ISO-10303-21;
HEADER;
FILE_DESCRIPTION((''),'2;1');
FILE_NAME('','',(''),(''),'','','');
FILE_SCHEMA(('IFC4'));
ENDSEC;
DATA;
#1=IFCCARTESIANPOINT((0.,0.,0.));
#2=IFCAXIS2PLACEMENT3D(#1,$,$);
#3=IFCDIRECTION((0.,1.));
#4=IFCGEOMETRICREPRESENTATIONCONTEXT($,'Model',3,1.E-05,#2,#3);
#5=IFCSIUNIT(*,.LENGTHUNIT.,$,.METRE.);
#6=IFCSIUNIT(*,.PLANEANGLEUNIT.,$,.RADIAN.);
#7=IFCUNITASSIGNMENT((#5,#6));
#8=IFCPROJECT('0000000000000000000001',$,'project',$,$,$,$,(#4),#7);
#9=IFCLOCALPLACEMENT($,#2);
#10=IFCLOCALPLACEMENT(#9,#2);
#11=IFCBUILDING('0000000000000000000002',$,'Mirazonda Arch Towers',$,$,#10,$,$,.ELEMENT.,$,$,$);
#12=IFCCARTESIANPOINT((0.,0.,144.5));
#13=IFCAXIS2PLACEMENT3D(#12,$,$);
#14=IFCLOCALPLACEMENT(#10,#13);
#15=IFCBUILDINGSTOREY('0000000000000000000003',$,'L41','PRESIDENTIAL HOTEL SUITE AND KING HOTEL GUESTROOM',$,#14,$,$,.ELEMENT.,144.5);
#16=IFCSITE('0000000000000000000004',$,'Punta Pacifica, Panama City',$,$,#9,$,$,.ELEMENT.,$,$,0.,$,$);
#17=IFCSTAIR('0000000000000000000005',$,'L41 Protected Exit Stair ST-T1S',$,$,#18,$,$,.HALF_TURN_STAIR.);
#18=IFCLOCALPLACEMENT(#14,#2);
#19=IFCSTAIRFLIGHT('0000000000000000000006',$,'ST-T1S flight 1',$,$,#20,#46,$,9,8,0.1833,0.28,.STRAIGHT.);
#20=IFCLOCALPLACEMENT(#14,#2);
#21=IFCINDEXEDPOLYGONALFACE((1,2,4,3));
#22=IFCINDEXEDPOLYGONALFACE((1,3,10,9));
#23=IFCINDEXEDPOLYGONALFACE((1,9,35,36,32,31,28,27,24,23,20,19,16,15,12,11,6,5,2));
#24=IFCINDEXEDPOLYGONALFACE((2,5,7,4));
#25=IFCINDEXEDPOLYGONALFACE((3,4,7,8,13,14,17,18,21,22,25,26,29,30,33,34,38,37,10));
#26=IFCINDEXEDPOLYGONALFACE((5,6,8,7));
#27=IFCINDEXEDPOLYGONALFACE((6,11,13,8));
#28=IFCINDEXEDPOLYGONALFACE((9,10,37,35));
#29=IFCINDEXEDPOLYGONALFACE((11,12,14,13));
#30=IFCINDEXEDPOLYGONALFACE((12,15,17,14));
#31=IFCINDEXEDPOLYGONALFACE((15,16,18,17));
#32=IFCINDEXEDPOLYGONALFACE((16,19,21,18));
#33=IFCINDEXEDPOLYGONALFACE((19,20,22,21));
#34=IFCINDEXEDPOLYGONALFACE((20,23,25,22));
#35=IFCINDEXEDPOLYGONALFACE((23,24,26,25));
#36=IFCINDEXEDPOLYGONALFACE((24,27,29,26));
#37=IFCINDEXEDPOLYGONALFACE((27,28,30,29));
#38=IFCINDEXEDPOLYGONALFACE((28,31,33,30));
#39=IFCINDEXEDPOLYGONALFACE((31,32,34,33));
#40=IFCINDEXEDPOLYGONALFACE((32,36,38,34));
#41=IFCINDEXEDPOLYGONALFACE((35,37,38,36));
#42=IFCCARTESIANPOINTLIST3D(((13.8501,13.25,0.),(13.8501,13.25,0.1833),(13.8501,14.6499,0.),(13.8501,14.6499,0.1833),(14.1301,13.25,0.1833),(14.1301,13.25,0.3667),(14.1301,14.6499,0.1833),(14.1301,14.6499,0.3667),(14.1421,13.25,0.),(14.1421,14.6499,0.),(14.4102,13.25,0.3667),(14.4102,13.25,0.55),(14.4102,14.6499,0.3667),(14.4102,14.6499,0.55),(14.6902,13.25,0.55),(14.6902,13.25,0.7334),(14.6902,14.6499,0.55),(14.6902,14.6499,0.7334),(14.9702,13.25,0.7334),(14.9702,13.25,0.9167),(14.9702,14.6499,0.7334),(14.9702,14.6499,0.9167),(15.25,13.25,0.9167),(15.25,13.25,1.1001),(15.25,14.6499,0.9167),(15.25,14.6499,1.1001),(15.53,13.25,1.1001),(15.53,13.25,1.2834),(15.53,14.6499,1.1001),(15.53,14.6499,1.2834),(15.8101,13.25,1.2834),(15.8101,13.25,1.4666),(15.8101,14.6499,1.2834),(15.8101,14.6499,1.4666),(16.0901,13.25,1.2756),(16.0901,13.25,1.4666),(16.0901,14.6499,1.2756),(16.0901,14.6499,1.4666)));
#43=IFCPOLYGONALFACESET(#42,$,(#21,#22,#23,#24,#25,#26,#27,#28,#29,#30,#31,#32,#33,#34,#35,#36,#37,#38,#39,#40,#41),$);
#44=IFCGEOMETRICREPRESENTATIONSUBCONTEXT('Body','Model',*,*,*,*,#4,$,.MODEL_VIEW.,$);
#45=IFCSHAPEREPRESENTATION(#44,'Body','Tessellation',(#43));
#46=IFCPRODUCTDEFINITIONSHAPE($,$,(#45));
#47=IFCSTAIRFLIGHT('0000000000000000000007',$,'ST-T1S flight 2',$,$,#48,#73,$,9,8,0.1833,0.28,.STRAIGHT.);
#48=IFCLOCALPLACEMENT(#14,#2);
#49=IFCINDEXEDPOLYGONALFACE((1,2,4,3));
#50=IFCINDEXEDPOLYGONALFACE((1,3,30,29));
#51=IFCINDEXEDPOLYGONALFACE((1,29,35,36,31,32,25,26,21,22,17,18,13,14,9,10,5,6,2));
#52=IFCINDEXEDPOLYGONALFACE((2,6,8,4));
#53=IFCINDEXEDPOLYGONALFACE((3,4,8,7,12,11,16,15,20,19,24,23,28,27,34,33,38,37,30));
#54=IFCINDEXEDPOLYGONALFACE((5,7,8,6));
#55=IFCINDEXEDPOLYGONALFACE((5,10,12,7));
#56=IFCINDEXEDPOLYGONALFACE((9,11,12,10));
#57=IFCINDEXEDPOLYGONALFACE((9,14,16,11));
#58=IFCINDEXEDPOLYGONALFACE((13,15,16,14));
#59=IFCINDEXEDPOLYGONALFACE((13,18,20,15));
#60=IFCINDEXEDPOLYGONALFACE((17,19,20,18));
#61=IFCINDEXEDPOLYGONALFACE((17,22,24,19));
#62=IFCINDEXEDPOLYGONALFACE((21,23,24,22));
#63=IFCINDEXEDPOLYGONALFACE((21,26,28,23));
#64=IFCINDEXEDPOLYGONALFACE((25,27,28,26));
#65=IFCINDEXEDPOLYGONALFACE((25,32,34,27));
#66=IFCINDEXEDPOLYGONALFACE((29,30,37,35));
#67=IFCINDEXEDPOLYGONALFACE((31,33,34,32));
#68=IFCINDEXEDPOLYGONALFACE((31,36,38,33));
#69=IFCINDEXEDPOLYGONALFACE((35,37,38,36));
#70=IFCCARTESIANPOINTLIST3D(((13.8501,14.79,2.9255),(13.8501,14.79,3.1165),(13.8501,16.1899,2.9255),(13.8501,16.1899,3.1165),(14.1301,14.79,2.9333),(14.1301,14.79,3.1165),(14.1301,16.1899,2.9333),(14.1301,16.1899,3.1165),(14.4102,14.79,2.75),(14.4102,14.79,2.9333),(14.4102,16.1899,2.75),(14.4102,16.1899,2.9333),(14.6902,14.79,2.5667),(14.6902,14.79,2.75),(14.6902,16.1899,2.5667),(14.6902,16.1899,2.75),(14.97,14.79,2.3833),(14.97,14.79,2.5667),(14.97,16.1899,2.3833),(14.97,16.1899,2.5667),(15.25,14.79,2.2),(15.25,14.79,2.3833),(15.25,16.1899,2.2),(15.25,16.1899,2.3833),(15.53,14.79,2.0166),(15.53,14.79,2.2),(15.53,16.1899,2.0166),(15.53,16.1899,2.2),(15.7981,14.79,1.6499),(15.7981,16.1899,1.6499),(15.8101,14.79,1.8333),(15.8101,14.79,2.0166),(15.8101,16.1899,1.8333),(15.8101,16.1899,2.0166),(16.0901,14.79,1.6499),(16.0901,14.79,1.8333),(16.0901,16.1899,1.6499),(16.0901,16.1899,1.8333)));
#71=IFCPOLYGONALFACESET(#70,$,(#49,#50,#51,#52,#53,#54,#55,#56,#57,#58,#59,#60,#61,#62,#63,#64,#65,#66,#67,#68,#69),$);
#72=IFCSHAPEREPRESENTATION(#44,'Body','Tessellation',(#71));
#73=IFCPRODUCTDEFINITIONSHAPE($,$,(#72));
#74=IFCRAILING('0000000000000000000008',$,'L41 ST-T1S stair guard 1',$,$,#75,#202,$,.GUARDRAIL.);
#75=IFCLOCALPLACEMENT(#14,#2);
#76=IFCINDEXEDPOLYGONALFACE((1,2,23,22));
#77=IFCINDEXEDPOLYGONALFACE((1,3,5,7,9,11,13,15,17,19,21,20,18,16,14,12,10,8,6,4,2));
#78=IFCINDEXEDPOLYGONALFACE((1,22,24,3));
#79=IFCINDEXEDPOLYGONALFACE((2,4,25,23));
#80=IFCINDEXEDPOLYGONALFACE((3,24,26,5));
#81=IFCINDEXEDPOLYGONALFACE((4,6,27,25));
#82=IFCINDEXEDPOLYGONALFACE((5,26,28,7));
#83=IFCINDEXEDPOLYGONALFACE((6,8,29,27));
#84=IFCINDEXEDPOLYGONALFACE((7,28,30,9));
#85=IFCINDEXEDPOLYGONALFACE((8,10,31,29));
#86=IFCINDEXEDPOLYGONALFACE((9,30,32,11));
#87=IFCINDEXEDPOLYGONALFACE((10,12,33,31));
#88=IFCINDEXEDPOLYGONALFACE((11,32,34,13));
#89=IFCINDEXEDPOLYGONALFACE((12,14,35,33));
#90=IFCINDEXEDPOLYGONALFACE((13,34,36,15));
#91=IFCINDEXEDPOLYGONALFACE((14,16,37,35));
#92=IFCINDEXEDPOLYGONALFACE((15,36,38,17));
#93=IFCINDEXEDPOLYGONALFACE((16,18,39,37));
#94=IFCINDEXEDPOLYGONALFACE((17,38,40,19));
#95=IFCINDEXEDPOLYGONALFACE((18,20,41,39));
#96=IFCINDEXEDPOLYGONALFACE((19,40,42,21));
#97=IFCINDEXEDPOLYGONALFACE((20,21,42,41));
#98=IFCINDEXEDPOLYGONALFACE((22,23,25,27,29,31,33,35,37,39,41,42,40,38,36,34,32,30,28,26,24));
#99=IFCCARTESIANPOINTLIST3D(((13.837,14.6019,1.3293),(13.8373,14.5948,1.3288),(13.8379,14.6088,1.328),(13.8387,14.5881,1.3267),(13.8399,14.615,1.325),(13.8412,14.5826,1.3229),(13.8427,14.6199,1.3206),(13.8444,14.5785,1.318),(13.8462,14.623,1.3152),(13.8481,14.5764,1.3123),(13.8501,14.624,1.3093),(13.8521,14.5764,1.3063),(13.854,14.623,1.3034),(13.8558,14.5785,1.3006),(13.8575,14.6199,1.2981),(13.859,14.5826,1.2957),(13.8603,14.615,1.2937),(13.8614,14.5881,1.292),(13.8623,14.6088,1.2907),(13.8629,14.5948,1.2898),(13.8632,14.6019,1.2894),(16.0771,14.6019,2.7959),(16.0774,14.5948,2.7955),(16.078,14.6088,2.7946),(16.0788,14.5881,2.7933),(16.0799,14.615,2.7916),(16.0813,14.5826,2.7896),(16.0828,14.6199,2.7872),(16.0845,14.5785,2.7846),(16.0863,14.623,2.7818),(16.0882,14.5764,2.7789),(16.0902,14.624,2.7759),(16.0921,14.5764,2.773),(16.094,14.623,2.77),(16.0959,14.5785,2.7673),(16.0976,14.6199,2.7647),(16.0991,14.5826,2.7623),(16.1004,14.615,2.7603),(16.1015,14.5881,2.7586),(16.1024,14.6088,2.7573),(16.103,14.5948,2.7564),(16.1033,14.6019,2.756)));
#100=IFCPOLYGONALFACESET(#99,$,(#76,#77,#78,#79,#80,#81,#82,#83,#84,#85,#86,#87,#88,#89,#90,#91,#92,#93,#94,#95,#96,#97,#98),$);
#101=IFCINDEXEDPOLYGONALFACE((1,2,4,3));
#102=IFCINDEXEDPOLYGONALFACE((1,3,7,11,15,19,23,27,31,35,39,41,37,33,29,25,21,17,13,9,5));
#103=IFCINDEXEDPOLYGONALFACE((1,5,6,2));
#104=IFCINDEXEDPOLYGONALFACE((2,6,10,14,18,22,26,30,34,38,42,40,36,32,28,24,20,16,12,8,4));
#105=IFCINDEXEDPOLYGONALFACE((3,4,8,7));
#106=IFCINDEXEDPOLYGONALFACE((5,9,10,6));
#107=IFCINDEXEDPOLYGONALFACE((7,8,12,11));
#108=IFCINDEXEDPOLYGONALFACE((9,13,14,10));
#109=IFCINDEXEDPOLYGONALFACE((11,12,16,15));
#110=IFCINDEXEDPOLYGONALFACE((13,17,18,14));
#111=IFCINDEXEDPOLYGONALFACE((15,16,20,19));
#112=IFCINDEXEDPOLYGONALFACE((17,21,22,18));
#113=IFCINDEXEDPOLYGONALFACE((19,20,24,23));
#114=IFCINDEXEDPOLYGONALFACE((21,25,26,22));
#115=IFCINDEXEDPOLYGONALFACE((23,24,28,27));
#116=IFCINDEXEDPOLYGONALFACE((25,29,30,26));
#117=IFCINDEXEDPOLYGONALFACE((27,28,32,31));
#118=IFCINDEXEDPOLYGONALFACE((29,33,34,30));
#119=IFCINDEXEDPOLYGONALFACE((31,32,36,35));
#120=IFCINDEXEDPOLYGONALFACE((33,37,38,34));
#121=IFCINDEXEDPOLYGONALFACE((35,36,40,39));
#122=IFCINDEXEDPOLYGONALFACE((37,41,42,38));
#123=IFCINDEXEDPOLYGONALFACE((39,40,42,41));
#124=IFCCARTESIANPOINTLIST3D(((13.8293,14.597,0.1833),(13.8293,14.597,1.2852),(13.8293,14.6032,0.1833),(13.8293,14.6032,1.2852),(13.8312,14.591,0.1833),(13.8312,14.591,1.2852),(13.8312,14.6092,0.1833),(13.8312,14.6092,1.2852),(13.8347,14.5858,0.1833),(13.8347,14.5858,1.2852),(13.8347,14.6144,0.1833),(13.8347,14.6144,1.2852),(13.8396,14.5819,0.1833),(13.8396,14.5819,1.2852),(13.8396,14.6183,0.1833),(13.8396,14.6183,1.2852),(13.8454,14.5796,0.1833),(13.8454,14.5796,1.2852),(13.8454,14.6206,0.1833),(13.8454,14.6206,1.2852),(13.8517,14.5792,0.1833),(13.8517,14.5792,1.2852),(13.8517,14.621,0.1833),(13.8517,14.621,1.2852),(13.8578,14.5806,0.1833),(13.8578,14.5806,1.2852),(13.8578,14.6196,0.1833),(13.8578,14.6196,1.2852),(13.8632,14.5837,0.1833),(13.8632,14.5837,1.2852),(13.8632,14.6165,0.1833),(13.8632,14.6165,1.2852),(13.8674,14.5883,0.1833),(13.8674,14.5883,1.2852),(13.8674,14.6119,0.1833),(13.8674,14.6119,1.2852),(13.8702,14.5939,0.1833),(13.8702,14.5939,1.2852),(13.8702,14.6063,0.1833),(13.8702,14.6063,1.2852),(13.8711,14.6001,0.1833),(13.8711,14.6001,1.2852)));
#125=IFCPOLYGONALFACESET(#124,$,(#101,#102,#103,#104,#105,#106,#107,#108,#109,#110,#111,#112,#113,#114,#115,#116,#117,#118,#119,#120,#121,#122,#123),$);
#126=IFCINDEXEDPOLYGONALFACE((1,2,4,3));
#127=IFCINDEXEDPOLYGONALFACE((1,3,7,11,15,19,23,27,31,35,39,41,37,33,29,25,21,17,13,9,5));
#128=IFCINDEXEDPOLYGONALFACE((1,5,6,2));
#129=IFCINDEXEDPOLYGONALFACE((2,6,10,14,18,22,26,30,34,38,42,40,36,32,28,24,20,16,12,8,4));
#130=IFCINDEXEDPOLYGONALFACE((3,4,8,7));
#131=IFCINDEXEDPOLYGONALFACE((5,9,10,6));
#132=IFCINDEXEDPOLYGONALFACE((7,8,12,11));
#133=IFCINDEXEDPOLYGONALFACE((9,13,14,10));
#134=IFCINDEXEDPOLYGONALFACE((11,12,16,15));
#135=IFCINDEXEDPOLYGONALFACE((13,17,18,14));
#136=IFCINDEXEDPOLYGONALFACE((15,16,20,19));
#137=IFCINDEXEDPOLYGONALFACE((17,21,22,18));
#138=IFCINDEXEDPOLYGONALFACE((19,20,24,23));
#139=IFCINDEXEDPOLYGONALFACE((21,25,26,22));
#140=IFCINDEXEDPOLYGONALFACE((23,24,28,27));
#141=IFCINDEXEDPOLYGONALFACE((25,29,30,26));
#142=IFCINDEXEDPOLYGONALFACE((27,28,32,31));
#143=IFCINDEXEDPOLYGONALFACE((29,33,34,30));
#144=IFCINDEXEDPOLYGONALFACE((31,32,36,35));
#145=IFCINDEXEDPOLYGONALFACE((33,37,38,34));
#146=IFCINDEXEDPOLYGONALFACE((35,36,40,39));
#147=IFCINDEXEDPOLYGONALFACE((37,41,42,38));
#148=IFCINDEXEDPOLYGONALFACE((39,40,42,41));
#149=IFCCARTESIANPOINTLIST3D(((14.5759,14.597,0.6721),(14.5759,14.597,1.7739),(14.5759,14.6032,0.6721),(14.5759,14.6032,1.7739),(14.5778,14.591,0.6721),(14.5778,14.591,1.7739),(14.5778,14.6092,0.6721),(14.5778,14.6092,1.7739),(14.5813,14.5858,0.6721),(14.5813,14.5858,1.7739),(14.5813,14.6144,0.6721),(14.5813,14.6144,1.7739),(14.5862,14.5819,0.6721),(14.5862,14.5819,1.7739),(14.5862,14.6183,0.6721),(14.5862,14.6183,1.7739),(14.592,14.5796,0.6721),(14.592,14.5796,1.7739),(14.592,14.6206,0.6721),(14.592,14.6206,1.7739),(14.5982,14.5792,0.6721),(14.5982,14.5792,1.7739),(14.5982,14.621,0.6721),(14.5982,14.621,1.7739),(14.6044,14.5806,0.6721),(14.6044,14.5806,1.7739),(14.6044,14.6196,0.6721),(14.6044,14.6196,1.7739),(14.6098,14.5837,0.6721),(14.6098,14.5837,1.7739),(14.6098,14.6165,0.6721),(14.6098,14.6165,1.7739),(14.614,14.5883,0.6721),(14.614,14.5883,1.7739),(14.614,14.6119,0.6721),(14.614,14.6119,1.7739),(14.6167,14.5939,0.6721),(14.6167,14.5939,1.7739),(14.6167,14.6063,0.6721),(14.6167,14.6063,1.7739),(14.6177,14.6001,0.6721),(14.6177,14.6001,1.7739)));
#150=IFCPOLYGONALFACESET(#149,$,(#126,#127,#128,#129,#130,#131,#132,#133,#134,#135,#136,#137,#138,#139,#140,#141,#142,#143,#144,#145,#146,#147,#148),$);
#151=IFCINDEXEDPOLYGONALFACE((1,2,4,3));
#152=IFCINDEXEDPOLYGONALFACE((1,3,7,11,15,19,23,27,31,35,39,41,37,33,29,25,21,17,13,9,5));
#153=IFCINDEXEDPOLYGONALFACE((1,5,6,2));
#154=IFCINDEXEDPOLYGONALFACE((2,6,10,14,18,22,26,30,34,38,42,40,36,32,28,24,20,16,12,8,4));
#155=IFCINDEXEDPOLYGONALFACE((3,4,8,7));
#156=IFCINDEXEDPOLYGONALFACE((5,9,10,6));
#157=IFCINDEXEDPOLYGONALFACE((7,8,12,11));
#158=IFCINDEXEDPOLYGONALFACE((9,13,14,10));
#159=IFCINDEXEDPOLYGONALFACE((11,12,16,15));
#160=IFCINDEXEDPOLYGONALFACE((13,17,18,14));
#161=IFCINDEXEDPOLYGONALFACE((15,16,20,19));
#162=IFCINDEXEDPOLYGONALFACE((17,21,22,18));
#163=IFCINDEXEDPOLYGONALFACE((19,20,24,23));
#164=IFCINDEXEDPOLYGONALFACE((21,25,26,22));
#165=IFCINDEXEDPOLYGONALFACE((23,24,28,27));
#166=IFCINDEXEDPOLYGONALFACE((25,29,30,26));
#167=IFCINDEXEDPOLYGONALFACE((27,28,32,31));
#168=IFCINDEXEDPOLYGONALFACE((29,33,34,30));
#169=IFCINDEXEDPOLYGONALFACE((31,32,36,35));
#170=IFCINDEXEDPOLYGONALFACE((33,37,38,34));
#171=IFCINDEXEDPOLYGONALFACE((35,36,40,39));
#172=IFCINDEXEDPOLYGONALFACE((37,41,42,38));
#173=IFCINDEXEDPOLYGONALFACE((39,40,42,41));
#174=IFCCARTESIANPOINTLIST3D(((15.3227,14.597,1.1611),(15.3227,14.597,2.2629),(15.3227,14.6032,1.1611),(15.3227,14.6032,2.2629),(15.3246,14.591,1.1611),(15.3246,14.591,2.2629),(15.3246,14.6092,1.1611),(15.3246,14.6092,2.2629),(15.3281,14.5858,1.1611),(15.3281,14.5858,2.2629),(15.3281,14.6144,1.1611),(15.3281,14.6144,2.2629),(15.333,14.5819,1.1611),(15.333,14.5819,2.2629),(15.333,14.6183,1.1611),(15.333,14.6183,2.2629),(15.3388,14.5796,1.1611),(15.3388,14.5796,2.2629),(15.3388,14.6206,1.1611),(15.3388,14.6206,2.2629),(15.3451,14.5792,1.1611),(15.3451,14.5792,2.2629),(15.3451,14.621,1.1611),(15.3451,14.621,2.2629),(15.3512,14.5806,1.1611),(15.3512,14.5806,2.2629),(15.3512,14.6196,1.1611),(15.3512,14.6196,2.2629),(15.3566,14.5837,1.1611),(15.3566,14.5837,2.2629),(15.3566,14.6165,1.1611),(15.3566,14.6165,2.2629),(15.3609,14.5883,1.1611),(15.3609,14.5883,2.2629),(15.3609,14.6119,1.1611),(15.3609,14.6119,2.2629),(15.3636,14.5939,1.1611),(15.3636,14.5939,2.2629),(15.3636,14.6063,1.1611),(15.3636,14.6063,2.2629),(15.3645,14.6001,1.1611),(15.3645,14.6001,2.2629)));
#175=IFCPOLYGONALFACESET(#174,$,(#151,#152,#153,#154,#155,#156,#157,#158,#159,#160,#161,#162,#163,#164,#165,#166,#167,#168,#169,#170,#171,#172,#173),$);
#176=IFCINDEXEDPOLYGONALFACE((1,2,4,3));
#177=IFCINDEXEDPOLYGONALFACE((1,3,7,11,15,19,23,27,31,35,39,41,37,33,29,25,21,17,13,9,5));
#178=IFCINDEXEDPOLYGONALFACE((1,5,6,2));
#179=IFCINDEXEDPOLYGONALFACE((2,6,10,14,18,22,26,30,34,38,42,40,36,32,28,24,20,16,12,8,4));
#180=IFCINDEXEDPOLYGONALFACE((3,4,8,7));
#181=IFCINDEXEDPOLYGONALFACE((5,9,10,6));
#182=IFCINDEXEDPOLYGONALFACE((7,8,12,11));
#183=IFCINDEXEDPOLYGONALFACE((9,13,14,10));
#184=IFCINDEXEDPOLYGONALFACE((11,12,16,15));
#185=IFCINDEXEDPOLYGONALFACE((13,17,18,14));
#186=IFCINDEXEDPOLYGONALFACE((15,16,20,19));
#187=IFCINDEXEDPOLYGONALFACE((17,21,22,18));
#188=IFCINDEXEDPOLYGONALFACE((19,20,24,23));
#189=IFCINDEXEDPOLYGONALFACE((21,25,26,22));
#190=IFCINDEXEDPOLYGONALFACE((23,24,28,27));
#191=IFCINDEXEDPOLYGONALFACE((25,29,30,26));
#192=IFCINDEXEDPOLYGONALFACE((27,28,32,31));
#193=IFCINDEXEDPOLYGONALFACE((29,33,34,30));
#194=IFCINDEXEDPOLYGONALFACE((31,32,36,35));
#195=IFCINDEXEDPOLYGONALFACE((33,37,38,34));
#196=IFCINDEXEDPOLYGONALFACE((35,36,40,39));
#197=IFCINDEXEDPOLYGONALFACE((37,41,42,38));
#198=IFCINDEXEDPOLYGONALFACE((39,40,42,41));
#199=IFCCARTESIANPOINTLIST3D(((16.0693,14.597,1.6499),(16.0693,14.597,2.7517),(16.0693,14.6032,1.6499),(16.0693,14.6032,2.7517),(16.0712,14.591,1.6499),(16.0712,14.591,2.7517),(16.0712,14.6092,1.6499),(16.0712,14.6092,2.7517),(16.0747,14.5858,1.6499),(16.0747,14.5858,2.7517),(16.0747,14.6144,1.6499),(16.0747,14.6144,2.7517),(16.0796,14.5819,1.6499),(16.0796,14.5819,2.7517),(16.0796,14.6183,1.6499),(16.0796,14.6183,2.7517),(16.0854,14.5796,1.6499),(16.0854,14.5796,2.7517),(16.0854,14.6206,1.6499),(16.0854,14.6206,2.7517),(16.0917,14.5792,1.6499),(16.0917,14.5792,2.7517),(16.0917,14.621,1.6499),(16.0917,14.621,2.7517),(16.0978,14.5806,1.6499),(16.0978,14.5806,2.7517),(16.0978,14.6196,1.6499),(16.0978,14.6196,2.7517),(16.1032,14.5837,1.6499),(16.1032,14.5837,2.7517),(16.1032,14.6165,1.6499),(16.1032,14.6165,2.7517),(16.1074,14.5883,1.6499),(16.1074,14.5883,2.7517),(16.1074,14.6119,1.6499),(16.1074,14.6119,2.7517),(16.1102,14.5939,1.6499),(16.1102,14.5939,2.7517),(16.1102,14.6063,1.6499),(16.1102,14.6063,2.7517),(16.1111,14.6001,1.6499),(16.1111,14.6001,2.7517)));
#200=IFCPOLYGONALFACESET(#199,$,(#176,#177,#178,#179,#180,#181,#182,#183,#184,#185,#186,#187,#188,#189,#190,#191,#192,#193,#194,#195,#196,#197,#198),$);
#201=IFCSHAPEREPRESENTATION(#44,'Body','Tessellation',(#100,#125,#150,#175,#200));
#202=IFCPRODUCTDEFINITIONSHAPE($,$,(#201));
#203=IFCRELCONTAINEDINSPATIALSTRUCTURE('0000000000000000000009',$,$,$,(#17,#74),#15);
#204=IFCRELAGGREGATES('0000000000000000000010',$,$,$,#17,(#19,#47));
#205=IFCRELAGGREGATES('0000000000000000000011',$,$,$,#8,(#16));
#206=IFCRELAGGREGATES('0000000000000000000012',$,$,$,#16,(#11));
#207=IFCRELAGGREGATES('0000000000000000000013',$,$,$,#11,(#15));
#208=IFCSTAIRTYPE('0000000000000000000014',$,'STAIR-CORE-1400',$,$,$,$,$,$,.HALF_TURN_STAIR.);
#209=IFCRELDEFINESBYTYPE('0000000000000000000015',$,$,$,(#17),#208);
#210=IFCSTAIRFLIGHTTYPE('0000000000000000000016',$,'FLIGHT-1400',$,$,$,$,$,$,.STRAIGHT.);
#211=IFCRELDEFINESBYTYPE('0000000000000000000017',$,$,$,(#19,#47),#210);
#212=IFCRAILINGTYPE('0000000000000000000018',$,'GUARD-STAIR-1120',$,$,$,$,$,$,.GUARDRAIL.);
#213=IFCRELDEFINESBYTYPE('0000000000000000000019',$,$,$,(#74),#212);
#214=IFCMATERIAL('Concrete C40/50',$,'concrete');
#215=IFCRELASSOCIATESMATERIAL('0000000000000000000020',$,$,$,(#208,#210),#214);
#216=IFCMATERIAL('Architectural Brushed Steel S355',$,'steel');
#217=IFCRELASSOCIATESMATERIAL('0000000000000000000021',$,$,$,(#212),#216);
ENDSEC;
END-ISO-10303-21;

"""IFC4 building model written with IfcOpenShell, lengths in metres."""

from ifc_helpers import new_model, si_unit, direction, frame, origin, origin_2d, place, context, subcontext, project, spatial, polyline, circle, outline, extrude, material, type_object, element, aggregate, save


model = new_model("IFC4")

# Units and contexts
model_context = context("Model", 3, precision=1e-05, world=origin(), true_north=direction((0.0, 1.0)))
body_context = subcontext(model_context, "Body", "Model", "MODEL_VIEW")
ifc_project = project(units=[si_unit("LENGTHUNIT", "METRE"), si_unit("PLANEANGLEUNIT", "RADIAN")], contexts=[model_context])

# Site, building, storey
site_placement = place(None, origin())
site = spatial("IfcSite", under=ifc_project, at=site_placement, Name="Punta Pacifica, Panama City", CompositionType="ELEMENT", RefElevation=0.0)
building_placement = place(site_placement, origin())
building = spatial("IfcBuilding", under=site, at=building_placement, Name="Mirazonda Arch Towers", CompositionType="ELEMENT")
storey_placement = place(building_placement, frame((0.0, 0.0, 144.5)))
storey = spatial("IfcBuildingStorey", under=building, at=storey_placement, Name="L41", Description="PRESIDENTIAL HOTEL SUITE AND KING HOTEL GUESTROOM", CompositionType="ELEMENT", Elevation=144.5)

# Shared definitions
ifc_material_1 = material(Name="Architectural Brushed Steel S355", Category="steel")

# Shared definitions
ifc_material_2 = material(Name="Concrete C40/50", Category="concrete")

# Stair, stair flights
stair_type = type_object("IfcStairType", Name="STAIR-CORE-1400", PredefinedType="HALF_TURN_STAIR", material=ifc_material_2)
stair_placement = place(storey_placement, origin())
stair = element("IfcStair", 1, at=stair_placement, inside=storey, type_object=stair_type, Name="L41 Protected Exit Stair ST-T1S", PredefinedType="HALF_TURN_STAIR")
stair_flight_type = type_object("IfcStairFlightType", Name="FLIGHT-1400", PredefinedType="STRAIGHT", material=ifc_material_2)
stair_flight_1_placement = place(storey_placement, frame((13.8501, 13.95, 0.0), z_axis=(0.0, 0.0, 1.0), x_axis=(1.0, 0.0, 0.0)))
stair_flight_1 = element("IfcStairFlight", 2, at=stair_flight_1_placement, type_object=stair_flight_type, Name="ST-T1S flight 1", NumberOfRisers=9, NumberOfTreads=8, PredefinedType="STRAIGHT", RiserHeight=0.1833, TreadLength=0.28, context=body_context, shape_type="SweptSolid", body=[
    extrude(outline(polyline([(0.0, 0.0), (0.0, 0.1833), (0.28, 0.1833), (0.28, 0.3667), (0.5601, 0.3667), (0.5601, 0.55), (0.8401, 0.55), (0.8401, 0.7334), (1.1201, 0.7334), (1.1201, 0.9167), (1.3999, 0.9167), (1.3999, 1.1001), (1.6799, 1.1001), (1.6799, 1.2834), (1.96, 1.2834), (1.96, 1.4666), (2.24, 1.4666), (2.24, 1.6499), (2.24, 1.2756), (0.292, 0.0), (0.0, 0.0)])), frame((0.0, 0.7, 0.0), z_axis=(0.0, -1.0, 0.0), x_axis=(1.0, 0.0, 0.0)), (0.0, 0.0, 1.0), 1.3999),
])
stair_flight_2_placement = place(storey_placement, frame((16.0901, 15.49, 1.6499), z_axis=(0.0, 0.0, 1.0), x_axis=(-1.0, 0.0, 0.0)))
stair_flight_2 = element("IfcStairFlight", 3, at=stair_flight_2_placement, type_object=stair_flight_type, Name="ST-T1S flight 2", NumberOfRisers=9, NumberOfTreads=8, PredefinedType="STRAIGHT", RiserHeight=0.1833, TreadLength=0.28, context=body_context, shape_type="SweptSolid", body=[
    extrude(outline(polyline([(0.0, 0.0), (0.0, 0.1833), (0.28, 0.1833), (0.28, 0.3667), (0.5601, 0.3667), (0.5601, 0.55), (0.8401, 0.55), (0.8401, 0.7334), (1.1201, 0.7334), (1.1201, 0.9167), (1.3999, 0.9167), (1.3999, 1.1001), (1.6799, 1.1001), (1.6799, 1.2834), (1.96, 1.2834), (1.96, 1.4666), (2.24, 1.4666), (2.24, 1.6499), (2.24, 1.2756), (0.292, 0.0), (0.0, 0.0)])), frame((0.0, 0.7, 0.0), z_axis=(0.0, -1.0, 0.0), x_axis=(1.0, 0.0, 0.0)), (0.0, 0.0, 1.0), 1.3999),
])
aggregate(stair, [stair_flight_1, stair_flight_2])

# Railing
railing_type_1 = type_object("IfcRailingType", Name="GUARD-STAIR-1120", PredefinedType="GUARDRAIL", material=ifc_material_1)
railing_1_placement = place(storey_placement, frame((13.8501, 14.6001, 0.1833)))
element("IfcRailing", 4, at=railing_1_placement, inside=storey, type_object=railing_type_1, Name="L41 ST-T1S stair guard 1", PredefinedType="GUARDRAIL", context=body_context, shape_type="SweptSolid", body=[
    extrude(circle(Radius=0.0239, at=origin_2d()), frame((0.0, 0.0, 1.126), z_axis=(0.836637, 0.0, 0.547758), x_axis=(0.0, 1.0, 0.0)), (0.0, 0.0, 1.0), 2.6775),
    extrude(circle(Radius=0.021, at=origin_2d()), origin(), (0.0, 0.0, 1.0), 1.1018),
    extrude(circle(Radius=0.021, at=origin_2d()), frame((0.7466, 0.0, 0.4888)), (0.0, 0.0, 1.0), 1.1018),
    extrude(circle(Radius=0.021, at=origin_2d()), frame((1.4934, 0.0, 0.9778)), (0.0, 0.0, 1.0), 1.1018),
    extrude(circle(Radius=0.021, at=origin_2d()), frame((2.24, 0.0, 1.4666)), (0.0, 0.0, 1.0), 1.1018),
])

save(model, "model.ifc")
